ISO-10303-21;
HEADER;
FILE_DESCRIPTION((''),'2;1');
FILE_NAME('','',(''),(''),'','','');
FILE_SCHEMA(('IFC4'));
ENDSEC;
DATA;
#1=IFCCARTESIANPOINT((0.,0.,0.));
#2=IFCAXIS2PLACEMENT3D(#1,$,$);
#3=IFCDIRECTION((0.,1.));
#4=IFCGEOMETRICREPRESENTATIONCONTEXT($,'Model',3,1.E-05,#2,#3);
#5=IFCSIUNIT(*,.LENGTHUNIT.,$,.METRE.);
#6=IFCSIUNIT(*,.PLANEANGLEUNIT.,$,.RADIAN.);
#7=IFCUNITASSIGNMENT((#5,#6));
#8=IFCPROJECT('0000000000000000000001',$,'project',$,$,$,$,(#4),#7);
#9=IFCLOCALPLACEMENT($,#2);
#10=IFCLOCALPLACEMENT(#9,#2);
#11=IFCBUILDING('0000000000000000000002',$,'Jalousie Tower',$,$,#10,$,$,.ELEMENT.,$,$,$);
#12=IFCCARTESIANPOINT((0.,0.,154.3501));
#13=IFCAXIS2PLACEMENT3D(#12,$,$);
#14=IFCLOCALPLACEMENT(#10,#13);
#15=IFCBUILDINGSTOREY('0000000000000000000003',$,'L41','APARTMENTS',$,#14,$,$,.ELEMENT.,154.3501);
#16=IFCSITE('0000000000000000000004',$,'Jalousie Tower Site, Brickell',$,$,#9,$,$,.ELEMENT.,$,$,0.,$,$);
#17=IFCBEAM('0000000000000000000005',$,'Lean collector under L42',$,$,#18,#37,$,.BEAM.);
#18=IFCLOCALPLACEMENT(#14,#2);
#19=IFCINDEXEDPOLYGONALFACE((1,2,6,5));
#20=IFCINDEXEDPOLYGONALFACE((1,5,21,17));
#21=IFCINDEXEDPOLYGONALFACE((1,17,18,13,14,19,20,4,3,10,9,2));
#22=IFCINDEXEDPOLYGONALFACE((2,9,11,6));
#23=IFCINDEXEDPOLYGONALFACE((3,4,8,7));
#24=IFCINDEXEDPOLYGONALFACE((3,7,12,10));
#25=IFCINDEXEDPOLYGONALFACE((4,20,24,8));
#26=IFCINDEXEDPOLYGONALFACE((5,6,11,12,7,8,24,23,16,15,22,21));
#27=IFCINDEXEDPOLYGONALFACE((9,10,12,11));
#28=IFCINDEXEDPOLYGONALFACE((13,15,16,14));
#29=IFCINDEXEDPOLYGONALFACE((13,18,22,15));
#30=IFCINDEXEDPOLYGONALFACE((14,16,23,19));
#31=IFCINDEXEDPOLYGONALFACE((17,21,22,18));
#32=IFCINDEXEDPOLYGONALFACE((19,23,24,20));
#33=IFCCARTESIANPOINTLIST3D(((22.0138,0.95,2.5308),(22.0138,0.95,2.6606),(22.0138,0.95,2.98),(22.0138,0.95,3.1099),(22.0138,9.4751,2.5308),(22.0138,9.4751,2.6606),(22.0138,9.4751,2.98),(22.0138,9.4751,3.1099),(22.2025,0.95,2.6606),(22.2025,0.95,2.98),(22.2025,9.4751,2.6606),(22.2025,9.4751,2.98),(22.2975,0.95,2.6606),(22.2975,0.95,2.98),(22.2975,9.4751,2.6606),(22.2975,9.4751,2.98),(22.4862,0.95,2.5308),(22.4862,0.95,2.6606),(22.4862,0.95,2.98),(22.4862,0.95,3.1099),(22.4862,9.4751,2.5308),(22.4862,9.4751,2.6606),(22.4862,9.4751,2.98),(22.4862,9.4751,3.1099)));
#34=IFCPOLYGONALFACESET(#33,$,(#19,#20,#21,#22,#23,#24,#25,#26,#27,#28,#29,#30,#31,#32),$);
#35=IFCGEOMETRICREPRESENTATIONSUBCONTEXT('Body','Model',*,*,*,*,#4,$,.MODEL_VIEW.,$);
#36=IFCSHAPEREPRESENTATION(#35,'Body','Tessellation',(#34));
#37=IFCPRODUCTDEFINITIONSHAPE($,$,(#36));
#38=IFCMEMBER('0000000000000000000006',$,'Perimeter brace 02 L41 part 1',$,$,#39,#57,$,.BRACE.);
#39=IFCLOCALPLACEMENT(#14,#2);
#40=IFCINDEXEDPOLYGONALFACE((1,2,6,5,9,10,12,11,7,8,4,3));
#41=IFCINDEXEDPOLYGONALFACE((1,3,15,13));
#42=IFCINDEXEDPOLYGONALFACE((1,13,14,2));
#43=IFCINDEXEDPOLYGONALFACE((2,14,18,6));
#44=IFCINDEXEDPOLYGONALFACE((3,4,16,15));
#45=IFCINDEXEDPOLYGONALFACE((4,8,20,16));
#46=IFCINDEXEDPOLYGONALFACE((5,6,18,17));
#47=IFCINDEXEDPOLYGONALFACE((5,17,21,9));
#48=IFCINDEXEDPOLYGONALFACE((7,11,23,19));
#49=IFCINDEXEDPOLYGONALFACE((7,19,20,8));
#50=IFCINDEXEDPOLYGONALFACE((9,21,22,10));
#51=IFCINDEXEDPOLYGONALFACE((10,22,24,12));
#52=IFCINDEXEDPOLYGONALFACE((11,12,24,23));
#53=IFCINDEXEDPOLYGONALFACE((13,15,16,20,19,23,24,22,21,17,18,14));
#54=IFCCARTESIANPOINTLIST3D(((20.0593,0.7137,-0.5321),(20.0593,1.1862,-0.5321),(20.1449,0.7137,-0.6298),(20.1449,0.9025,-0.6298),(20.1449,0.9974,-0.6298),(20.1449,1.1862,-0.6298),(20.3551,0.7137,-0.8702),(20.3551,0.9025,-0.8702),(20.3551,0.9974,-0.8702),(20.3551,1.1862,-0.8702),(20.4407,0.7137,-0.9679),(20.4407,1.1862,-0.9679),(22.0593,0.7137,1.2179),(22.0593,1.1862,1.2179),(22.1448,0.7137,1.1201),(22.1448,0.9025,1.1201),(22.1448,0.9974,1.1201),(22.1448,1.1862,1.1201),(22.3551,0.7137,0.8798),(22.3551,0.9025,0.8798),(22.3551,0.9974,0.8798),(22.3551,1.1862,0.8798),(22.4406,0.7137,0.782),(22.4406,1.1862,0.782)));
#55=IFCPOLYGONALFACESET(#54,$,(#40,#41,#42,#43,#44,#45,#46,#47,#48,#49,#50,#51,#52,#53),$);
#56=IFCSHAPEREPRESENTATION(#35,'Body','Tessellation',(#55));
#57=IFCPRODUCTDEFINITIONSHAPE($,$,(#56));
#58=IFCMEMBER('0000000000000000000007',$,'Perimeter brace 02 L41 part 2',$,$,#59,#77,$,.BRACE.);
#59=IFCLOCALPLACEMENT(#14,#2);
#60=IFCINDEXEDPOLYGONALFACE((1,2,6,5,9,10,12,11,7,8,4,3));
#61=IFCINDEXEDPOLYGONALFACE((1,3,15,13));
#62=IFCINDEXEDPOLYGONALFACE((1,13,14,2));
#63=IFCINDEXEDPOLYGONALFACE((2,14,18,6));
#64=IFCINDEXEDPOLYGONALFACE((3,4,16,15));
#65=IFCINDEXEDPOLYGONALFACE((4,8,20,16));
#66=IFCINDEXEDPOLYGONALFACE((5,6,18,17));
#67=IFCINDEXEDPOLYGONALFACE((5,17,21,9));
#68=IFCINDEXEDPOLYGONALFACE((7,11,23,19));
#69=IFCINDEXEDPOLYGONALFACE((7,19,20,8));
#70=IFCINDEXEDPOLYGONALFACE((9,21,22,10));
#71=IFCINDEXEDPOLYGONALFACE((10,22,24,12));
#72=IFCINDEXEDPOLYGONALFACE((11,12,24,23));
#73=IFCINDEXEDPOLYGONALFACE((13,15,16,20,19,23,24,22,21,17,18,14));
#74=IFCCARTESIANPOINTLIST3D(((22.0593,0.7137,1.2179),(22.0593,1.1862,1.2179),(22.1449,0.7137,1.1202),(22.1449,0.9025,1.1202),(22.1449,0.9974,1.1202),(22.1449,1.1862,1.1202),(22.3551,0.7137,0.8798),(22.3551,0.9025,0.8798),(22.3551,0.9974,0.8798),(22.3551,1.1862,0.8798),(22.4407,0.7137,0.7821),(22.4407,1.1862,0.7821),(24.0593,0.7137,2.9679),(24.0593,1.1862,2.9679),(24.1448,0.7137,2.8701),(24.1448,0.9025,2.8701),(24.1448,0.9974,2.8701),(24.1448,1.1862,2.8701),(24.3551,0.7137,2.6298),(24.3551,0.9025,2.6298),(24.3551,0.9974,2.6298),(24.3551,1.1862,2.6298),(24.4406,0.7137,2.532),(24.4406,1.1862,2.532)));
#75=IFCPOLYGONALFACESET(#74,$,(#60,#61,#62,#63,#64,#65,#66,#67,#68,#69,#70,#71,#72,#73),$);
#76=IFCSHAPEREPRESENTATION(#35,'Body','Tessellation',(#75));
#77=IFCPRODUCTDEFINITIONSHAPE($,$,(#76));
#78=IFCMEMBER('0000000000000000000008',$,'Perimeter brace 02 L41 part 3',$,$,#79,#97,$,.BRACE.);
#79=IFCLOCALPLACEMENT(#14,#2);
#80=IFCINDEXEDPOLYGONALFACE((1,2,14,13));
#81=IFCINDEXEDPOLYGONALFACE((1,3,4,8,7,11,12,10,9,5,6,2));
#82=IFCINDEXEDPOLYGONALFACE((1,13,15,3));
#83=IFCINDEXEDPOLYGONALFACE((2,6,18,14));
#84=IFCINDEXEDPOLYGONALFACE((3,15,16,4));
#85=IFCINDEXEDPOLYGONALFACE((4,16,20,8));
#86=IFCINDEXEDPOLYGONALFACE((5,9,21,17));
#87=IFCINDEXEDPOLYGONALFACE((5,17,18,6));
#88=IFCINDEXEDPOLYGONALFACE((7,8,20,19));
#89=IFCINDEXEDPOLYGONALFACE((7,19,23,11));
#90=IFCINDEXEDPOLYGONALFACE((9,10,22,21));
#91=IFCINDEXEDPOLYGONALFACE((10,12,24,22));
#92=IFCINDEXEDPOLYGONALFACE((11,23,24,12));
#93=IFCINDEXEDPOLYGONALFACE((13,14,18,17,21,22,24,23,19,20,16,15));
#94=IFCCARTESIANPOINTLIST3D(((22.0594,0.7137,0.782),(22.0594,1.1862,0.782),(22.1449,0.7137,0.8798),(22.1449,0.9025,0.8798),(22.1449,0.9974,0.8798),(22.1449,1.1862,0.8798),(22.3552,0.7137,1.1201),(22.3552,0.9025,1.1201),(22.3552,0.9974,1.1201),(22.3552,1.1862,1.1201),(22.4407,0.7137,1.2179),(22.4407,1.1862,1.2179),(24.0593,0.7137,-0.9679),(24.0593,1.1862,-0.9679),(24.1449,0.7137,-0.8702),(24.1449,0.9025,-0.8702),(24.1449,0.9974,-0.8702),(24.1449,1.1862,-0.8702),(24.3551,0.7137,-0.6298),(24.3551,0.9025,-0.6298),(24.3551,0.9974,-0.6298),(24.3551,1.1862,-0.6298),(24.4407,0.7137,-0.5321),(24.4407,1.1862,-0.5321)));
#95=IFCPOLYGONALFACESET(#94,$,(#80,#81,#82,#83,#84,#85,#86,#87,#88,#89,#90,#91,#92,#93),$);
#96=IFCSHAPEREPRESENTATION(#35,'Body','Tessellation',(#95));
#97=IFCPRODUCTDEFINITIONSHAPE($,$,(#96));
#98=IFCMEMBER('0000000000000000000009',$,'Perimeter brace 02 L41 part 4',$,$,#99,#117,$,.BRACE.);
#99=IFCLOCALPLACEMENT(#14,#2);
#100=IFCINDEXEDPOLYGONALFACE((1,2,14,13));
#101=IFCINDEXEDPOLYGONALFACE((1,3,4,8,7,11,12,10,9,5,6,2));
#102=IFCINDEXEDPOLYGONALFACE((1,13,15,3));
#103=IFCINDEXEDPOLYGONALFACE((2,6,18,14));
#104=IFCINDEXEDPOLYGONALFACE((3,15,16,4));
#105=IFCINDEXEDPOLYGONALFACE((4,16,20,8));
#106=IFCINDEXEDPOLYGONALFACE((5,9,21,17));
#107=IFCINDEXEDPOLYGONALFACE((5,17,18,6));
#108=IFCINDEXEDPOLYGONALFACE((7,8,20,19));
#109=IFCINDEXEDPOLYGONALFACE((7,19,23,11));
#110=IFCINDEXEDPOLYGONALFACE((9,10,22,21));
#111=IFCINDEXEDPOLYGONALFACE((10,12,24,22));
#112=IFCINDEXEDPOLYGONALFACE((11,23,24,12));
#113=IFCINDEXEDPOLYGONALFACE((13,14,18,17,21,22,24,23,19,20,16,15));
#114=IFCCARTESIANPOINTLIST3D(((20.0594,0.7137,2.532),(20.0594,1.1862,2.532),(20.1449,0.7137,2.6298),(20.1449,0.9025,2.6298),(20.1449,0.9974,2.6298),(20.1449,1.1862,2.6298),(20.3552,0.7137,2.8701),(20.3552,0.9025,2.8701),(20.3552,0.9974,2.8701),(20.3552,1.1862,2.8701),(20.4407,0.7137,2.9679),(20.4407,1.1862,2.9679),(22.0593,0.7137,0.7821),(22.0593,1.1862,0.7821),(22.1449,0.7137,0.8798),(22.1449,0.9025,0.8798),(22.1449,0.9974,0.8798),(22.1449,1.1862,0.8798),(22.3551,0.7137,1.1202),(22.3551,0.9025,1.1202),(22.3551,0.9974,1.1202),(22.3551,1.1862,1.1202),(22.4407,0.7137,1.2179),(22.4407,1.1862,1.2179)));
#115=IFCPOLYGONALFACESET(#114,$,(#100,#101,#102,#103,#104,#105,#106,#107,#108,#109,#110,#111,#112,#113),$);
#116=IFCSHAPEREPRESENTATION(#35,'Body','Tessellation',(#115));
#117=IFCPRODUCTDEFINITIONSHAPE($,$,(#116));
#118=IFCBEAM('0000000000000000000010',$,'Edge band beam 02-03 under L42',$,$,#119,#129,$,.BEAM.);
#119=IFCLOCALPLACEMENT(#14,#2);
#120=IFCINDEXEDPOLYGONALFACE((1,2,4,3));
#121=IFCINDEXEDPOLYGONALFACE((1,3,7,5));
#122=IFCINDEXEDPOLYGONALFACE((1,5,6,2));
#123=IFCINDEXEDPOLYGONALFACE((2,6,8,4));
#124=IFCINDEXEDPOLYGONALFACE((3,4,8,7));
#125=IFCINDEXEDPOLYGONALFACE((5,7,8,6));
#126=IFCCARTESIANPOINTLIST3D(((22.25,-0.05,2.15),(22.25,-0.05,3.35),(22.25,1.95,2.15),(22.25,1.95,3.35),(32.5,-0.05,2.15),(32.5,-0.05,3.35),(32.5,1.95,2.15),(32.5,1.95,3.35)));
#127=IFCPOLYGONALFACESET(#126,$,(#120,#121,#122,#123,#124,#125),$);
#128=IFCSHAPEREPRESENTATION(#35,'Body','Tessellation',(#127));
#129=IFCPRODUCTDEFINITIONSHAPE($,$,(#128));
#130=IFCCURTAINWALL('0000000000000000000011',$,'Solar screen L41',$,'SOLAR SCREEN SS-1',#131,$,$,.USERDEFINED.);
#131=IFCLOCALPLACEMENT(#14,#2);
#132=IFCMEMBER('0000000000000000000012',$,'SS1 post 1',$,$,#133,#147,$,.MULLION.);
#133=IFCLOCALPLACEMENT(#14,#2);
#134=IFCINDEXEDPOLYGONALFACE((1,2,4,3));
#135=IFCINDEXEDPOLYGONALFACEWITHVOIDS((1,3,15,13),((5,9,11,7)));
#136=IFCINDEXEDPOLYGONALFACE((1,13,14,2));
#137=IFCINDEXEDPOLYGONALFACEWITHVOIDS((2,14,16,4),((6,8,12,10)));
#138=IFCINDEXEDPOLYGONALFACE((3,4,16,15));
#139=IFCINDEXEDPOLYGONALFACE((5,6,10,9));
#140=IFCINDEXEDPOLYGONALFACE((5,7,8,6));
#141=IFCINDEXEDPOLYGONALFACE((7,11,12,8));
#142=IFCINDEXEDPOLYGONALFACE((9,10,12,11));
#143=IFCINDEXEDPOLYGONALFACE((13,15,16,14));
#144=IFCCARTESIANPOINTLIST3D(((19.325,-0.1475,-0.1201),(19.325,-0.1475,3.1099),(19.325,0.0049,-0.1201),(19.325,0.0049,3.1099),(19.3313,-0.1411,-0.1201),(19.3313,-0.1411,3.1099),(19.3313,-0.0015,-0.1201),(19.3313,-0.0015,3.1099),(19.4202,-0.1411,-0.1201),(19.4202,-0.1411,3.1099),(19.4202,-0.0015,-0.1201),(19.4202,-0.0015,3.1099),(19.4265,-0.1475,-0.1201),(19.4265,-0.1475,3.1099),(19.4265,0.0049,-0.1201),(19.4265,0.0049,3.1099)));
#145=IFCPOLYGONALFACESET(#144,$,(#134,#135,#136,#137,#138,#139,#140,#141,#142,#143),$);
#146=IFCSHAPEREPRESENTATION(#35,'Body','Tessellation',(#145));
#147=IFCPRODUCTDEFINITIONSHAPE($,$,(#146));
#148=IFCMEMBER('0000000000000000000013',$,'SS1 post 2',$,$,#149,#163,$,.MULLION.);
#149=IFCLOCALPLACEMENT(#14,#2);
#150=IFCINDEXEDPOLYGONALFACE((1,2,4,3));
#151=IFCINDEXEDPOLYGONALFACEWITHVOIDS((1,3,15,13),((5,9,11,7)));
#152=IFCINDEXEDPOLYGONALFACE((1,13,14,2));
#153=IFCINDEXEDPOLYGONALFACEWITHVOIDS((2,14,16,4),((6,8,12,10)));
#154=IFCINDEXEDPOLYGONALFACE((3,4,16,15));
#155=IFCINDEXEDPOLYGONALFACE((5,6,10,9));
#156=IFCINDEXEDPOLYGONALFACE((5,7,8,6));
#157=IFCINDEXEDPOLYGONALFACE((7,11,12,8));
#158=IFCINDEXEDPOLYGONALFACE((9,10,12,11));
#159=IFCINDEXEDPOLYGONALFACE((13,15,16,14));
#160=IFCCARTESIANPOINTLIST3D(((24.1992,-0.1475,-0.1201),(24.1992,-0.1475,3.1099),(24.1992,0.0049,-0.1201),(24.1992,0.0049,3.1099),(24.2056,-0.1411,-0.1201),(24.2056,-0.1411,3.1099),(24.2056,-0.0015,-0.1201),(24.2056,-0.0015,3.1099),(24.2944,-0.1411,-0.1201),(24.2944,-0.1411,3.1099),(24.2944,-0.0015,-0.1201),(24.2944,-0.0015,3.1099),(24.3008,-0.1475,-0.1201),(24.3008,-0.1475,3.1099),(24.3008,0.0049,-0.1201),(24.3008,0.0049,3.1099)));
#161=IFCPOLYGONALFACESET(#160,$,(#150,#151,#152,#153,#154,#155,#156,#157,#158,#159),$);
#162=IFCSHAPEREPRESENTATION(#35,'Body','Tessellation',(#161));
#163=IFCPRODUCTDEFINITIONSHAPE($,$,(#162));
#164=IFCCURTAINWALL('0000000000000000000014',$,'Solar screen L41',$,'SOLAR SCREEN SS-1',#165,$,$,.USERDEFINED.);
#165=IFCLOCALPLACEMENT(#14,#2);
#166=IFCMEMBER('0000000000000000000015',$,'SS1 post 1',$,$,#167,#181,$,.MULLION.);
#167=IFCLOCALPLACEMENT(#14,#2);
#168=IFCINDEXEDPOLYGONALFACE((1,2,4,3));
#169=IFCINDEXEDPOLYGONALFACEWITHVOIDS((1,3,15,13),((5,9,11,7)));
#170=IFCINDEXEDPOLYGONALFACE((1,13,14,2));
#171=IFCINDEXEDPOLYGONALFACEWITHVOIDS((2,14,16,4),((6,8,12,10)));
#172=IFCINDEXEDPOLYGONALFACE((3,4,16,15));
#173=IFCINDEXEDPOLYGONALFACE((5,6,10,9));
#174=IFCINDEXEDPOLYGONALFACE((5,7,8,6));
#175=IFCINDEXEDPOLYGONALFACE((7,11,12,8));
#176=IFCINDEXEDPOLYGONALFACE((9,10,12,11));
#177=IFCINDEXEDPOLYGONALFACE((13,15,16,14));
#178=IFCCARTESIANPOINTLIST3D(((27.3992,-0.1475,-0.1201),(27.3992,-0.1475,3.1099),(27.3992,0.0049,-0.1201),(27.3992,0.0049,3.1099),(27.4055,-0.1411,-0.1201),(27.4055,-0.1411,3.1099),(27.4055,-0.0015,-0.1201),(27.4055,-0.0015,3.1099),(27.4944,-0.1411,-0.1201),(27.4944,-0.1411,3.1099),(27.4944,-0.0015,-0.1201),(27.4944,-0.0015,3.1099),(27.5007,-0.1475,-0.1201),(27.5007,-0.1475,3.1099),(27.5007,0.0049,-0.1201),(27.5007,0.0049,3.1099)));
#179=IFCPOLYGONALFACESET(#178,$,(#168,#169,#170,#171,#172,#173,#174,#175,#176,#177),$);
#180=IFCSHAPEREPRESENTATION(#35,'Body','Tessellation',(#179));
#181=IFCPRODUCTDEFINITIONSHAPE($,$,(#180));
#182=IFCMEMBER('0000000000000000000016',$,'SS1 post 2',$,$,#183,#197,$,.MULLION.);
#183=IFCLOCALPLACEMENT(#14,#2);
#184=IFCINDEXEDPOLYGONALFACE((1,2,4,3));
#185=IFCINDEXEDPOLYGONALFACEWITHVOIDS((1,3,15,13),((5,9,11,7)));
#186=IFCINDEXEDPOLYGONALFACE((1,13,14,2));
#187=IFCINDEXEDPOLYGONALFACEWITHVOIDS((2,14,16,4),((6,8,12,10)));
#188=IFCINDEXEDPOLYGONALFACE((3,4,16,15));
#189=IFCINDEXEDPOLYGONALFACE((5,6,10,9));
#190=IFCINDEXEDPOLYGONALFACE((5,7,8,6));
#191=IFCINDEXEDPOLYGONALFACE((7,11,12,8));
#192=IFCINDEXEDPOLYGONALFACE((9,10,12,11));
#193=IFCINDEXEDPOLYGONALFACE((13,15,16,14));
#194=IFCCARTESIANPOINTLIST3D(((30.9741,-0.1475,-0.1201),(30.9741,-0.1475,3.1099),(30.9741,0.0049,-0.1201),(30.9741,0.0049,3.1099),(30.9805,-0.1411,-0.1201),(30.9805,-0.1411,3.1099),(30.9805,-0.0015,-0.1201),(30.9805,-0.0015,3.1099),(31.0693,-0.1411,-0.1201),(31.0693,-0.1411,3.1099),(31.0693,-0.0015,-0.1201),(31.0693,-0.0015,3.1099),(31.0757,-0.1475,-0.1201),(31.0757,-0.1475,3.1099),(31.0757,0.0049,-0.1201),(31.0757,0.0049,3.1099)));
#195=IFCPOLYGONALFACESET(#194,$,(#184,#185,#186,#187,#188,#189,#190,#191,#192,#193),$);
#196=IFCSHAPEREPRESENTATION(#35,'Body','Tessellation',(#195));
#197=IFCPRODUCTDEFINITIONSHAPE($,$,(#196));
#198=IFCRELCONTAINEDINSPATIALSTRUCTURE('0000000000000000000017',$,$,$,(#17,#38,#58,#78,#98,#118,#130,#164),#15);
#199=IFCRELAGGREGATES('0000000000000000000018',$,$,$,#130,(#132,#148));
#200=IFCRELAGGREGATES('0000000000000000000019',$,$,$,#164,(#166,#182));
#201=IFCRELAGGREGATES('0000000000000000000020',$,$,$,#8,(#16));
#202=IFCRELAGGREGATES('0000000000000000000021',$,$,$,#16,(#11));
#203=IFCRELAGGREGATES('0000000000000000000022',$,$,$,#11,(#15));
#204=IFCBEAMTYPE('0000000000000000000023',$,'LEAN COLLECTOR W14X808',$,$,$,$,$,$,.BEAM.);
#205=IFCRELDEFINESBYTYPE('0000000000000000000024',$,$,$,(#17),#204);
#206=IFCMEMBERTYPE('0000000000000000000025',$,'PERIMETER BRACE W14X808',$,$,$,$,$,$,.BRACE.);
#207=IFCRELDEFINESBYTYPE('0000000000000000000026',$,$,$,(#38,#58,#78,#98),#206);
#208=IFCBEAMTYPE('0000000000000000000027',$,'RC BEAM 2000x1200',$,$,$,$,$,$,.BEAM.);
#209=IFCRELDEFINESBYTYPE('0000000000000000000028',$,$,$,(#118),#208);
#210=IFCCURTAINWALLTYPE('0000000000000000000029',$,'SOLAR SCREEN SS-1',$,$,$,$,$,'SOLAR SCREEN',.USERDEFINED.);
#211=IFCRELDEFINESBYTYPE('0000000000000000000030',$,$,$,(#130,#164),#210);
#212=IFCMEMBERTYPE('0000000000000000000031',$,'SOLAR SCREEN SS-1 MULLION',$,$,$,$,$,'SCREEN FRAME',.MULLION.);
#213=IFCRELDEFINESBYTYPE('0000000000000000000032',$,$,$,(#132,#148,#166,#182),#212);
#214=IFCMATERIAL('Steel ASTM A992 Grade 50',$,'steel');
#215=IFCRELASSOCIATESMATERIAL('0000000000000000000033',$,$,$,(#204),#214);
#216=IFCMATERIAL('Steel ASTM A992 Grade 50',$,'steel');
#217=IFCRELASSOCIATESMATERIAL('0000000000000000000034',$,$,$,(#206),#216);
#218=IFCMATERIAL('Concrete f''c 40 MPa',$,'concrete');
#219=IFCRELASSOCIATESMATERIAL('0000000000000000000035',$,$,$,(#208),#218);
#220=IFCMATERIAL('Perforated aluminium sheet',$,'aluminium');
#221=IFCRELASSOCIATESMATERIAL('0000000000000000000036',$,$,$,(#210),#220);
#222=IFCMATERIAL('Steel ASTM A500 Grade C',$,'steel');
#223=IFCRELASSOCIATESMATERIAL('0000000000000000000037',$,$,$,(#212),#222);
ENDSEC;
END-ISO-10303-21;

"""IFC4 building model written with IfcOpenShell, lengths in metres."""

from ifc_helpers import new_model, si_unit, direction, frame, origin, origin_2d, place, context, subcontext, project, spatial, rectangle, hollow_rectangle, i_section, extrude, material, material_profile, profile_set, type_object, element, aggregate, save


model = new_model("IFC4")

# Units and contexts
model_context = context("Model", 3, precision=1e-05, world=origin(), true_north=direction((0.0, 1.0)))
body_context = subcontext(model_context, "Body", "Model", "MODEL_VIEW")
ifc_project = project(units=[si_unit("LENGTHUNIT", "METRE"), si_unit("PLANEANGLEUNIT", "RADIAN")], contexts=[model_context])

# Site, building, storey
site_placement = place(None, origin())
site = spatial("IfcSite", under=ifc_project, at=site_placement, Name="Jalousie Tower Site, Brickell", CompositionType="ELEMENT", RefElevation=0.0)
building_placement = place(site_placement, origin())
building = spatial("IfcBuilding", under=site, at=building_placement, Name="Jalousie Tower", CompositionType="ELEMENT")
storey_placement = place(building_placement, frame((0.0, 0.0, 154.3501)))
storey = spatial("IfcBuildingStorey", under=building, at=storey_placement, Name="L41", Description="APARTMENTS", CompositionType="ELEMENT", Elevation=154.3501)

# Beam
ifc_material_1 = material(Name="Steel ASTM A992 Grade 50", Category="steel")
ifc_material_profile_1 = material_profile(ifc_material_1, i_section(OverallWidth=0.4724, OverallDepth=0.5791, WebThickness=0.095, FlangeThickness=0.1299, at=origin_2d()), Name="W14X808")
ifc_profile_set_1 = profile_set([ifc_material_profile_1], Name="Steel ASTM A992 Grade 50")
beam_type_1 = type_object("IfcBeamType", Name="LEAN COLLECTOR W14X808", PredefinedType="BEAM", material=ifc_profile_set_1)
beam_1_placement = place(storey_placement, frame((22.25, 0.95, 2.8203), z_axis=(0.0, 1.0, 0.0), x_axis=(-1.0, 0.0, 0.0)))
element("IfcBeam", 1, at=beam_1_placement, inside=storey, type_object=beam_type_1, Name="Lean collector under L42", PredefinedType="BEAM", context=body_context, shape_type="SweptSolid", body=[
    extrude(i_section(OverallWidth=0.4724, OverallDepth=0.5791, WebThickness=0.095, FlangeThickness=0.1299, at=origin_2d()), origin(), (0.0, 0.0, 1.0), 8.5251),
])

# Members
ifc_material_2 = material(Name="Steel ASTM A992 Grade 50", Category="steel")
ifc_material_profile_2 = material_profile(ifc_material_2, i_section(OverallWidth=0.4724, OverallDepth=0.5791, WebThickness=0.095, FlangeThickness=0.1299, at=origin_2d()), Name="W14X808")
ifc_profile_set_2 = profile_set([ifc_material_profile_2], Name="Steel ASTM A992 Grade 50")
member_type_1 = type_object("IfcMemberType", Name="PERIMETER BRACE W14X808", PredefinedType="BRACE", material=ifc_profile_set_2)
for number, where, z_axis, x_axis, name in (
    (2, (20.25, 0.95, -0.75), (0.752577, 0.0, 0.658505), (0.0, 1.0, 0.0), "Perimeter brace 02 L41 part 1"),
    (3, (22.25, 0.95, 1.0), (0.752577, 0.0, 0.658505), (0.0, 1.0, 0.0), "Perimeter brace 02 L41 part 2"),
    (4, (24.25, 0.95, -0.75), (-0.752577, 0.0, 0.658505), (0.0, -1.0, 0.0), "Perimeter brace 02 L41 part 3"),
    (5, (22.25, 0.95, 1.0), (-0.752577, 0.0, 0.658505), (0.0, -1.0, 0.0), "Perimeter brace 02 L41 part 4"),
):
    element("IfcMember", number, at=place(storey_placement, frame(where, z_axis=z_axis, x_axis=x_axis)), inside=storey, type_object=member_type_1, Name=name, PredefinedType="BRACE", context=body_context, shape_type="SweptSolid", body=[
        extrude(i_section(OverallWidth=0.4724, OverallDepth=0.5791, WebThickness=0.095, FlangeThickness=0.1299, at=origin_2d()), origin(), (0.0, 0.0, 1.0), 2.6575),
    ])

# Beam
ifc_material_3 = material(Name="Concrete f'c 40 MPa", Category="concrete")
ifc_material_profile_3 = material_profile(ifc_material_3, rectangle(XDim=2.0, YDim=1.2, at=origin_2d()), Name="RC 2000x1200")
ifc_profile_set_3 = profile_set([ifc_material_profile_3], Name="Concrete f'c 40 MPa")
beam_type_2 = type_object("IfcBeamType", Name="RC BEAM 2000x1200", PredefinedType="BEAM", material=ifc_profile_set_3)
beam_2_placement = place(storey_placement, frame((22.25, 0.95, 2.75), z_axis=(1.0, 0.0, 0.0), x_axis=(0.0, 1.0, 0.0)))
element("IfcBeam", 6, at=beam_2_placement, inside=storey, type_object=beam_type_2, Name="Edge band beam 02-03 under L42", PredefinedType="BEAM", context=body_context, shape_type="SweptSolid", body=[
    extrude(rectangle(XDim=2.0, YDim=1.2, at=origin_2d()), origin(), (0.0, 0.0, 1.0), 10.25),
])

# Curtain walls, members
ifc_material_4 = material(Name="Perforated aluminium sheet", Category="aluminium")
curtain_wall_type = type_object("IfcCurtainWallType", Name="SOLAR SCREEN SS-1", ElementType="SOLAR SCREEN", PredefinedType="USERDEFINED", material=ifc_material_4)
curtain_wall_1_placement = place(storey_placement, origin())
curtain_wall_1 = element("IfcCurtainWall", 7, at=curtain_wall_1_placement, inside=storey, type_object=curtain_wall_type, Name="Solar screen L41", ObjectType="SOLAR SCREEN SS-1", PredefinedType="USERDEFINED")
ifc_material_5 = material(Name="Steel ASTM A500 Grade C", Category="steel")
ifc_material_profile_4 = material_profile(ifc_material_5, hollow_rectangle(XDim=0.1016, YDim=0.1523, WallThickness=0.0063, at=origin_2d()), Name="HSS6X4X1/4")
ifc_profile_set_4 = profile_set([ifc_material_profile_4], Name="Steel ASTM A500 Grade C")
member_type_2 = type_object("IfcMemberType", Name="SOLAR SCREEN SS-1 MULLION", ElementType="SCREEN FRAME", PredefinedType="MULLION", material=ifc_profile_set_4)
member_1_placement = place(storey_placement, frame((19.3757, -0.0713, -0.1201), z_axis=(0.0, 0.0, 1.0), x_axis=(1.0, 0.0, 0.0)))
member_1 = element("IfcMember", 8, at=member_1_placement, type_object=member_type_2, Name="SS1 post 1", PredefinedType="MULLION", context=body_context, shape_type="SweptSolid", body=[
    extrude(hollow_rectangle(XDim=0.1016, YDim=0.1523, WallThickness=0.0063, at=origin_2d()), origin(), (0.0, 0.0, 1.0), 3.23),
])
member_2_placement = place(storey_placement, frame((24.25, -0.0713, -0.1201), z_axis=(0.0, 0.0, 1.0), x_axis=(1.0, 0.0, 0.0)))
member_2 = element("IfcMember", 9, at=member_2_placement, type_object=member_type_2, Name="SS1 post 2", PredefinedType="MULLION", context=body_context, shape_type="SweptSolid", body=[
    extrude(hollow_rectangle(XDim=0.1016, YDim=0.1523, WallThickness=0.0063, at=origin_2d()), origin(), (0.0, 0.0, 1.0), 3.23),
])
curtain_wall_2_placement = place(storey_placement, origin())
curtain_wall_2 = element("IfcCurtainWall", 10, at=curtain_wall_2_placement, inside=storey, type_object=curtain_wall_type, Name="Solar screen L41", ObjectType="SOLAR SCREEN SS-1", PredefinedType="USERDEFINED")
member_3_placement = place(storey_placement, frame((27.45, -0.0713, -0.1201), z_axis=(0.0, 0.0, 1.0), x_axis=(1.0, 0.0, 0.0)))
member_3 = element("IfcMember", 11, at=member_3_placement, type_object=member_type_2, Name="SS1 post 1", PredefinedType="MULLION", context=body_context, shape_type="SweptSolid", body=[
    extrude(hollow_rectangle(XDim=0.1016, YDim=0.1523, WallThickness=0.0063, at=origin_2d()), origin(), (0.0, 0.0, 1.0), 3.23),
])
member_4_placement = place(storey_placement, frame((31.0249, -0.0713, -0.1201), z_axis=(0.0, 0.0, 1.0), x_axis=(1.0, 0.0, 0.0)))
member_4 = element("IfcMember", 12, at=member_4_placement, type_object=member_type_2, Name="SS1 post 2", PredefinedType="MULLION", context=body_context, shape_type="SweptSolid", body=[
    extrude(hollow_rectangle(XDim=0.1016, YDim=0.1523, WallThickness=0.0063, at=origin_2d()), origin(), (0.0, 0.0, 1.0), 3.23),
])

aggregate(curtain_wall_1, [member_1, member_2])
aggregate(curtain_wall_2, [member_3, member_4])

save(model, "model.ifc")
